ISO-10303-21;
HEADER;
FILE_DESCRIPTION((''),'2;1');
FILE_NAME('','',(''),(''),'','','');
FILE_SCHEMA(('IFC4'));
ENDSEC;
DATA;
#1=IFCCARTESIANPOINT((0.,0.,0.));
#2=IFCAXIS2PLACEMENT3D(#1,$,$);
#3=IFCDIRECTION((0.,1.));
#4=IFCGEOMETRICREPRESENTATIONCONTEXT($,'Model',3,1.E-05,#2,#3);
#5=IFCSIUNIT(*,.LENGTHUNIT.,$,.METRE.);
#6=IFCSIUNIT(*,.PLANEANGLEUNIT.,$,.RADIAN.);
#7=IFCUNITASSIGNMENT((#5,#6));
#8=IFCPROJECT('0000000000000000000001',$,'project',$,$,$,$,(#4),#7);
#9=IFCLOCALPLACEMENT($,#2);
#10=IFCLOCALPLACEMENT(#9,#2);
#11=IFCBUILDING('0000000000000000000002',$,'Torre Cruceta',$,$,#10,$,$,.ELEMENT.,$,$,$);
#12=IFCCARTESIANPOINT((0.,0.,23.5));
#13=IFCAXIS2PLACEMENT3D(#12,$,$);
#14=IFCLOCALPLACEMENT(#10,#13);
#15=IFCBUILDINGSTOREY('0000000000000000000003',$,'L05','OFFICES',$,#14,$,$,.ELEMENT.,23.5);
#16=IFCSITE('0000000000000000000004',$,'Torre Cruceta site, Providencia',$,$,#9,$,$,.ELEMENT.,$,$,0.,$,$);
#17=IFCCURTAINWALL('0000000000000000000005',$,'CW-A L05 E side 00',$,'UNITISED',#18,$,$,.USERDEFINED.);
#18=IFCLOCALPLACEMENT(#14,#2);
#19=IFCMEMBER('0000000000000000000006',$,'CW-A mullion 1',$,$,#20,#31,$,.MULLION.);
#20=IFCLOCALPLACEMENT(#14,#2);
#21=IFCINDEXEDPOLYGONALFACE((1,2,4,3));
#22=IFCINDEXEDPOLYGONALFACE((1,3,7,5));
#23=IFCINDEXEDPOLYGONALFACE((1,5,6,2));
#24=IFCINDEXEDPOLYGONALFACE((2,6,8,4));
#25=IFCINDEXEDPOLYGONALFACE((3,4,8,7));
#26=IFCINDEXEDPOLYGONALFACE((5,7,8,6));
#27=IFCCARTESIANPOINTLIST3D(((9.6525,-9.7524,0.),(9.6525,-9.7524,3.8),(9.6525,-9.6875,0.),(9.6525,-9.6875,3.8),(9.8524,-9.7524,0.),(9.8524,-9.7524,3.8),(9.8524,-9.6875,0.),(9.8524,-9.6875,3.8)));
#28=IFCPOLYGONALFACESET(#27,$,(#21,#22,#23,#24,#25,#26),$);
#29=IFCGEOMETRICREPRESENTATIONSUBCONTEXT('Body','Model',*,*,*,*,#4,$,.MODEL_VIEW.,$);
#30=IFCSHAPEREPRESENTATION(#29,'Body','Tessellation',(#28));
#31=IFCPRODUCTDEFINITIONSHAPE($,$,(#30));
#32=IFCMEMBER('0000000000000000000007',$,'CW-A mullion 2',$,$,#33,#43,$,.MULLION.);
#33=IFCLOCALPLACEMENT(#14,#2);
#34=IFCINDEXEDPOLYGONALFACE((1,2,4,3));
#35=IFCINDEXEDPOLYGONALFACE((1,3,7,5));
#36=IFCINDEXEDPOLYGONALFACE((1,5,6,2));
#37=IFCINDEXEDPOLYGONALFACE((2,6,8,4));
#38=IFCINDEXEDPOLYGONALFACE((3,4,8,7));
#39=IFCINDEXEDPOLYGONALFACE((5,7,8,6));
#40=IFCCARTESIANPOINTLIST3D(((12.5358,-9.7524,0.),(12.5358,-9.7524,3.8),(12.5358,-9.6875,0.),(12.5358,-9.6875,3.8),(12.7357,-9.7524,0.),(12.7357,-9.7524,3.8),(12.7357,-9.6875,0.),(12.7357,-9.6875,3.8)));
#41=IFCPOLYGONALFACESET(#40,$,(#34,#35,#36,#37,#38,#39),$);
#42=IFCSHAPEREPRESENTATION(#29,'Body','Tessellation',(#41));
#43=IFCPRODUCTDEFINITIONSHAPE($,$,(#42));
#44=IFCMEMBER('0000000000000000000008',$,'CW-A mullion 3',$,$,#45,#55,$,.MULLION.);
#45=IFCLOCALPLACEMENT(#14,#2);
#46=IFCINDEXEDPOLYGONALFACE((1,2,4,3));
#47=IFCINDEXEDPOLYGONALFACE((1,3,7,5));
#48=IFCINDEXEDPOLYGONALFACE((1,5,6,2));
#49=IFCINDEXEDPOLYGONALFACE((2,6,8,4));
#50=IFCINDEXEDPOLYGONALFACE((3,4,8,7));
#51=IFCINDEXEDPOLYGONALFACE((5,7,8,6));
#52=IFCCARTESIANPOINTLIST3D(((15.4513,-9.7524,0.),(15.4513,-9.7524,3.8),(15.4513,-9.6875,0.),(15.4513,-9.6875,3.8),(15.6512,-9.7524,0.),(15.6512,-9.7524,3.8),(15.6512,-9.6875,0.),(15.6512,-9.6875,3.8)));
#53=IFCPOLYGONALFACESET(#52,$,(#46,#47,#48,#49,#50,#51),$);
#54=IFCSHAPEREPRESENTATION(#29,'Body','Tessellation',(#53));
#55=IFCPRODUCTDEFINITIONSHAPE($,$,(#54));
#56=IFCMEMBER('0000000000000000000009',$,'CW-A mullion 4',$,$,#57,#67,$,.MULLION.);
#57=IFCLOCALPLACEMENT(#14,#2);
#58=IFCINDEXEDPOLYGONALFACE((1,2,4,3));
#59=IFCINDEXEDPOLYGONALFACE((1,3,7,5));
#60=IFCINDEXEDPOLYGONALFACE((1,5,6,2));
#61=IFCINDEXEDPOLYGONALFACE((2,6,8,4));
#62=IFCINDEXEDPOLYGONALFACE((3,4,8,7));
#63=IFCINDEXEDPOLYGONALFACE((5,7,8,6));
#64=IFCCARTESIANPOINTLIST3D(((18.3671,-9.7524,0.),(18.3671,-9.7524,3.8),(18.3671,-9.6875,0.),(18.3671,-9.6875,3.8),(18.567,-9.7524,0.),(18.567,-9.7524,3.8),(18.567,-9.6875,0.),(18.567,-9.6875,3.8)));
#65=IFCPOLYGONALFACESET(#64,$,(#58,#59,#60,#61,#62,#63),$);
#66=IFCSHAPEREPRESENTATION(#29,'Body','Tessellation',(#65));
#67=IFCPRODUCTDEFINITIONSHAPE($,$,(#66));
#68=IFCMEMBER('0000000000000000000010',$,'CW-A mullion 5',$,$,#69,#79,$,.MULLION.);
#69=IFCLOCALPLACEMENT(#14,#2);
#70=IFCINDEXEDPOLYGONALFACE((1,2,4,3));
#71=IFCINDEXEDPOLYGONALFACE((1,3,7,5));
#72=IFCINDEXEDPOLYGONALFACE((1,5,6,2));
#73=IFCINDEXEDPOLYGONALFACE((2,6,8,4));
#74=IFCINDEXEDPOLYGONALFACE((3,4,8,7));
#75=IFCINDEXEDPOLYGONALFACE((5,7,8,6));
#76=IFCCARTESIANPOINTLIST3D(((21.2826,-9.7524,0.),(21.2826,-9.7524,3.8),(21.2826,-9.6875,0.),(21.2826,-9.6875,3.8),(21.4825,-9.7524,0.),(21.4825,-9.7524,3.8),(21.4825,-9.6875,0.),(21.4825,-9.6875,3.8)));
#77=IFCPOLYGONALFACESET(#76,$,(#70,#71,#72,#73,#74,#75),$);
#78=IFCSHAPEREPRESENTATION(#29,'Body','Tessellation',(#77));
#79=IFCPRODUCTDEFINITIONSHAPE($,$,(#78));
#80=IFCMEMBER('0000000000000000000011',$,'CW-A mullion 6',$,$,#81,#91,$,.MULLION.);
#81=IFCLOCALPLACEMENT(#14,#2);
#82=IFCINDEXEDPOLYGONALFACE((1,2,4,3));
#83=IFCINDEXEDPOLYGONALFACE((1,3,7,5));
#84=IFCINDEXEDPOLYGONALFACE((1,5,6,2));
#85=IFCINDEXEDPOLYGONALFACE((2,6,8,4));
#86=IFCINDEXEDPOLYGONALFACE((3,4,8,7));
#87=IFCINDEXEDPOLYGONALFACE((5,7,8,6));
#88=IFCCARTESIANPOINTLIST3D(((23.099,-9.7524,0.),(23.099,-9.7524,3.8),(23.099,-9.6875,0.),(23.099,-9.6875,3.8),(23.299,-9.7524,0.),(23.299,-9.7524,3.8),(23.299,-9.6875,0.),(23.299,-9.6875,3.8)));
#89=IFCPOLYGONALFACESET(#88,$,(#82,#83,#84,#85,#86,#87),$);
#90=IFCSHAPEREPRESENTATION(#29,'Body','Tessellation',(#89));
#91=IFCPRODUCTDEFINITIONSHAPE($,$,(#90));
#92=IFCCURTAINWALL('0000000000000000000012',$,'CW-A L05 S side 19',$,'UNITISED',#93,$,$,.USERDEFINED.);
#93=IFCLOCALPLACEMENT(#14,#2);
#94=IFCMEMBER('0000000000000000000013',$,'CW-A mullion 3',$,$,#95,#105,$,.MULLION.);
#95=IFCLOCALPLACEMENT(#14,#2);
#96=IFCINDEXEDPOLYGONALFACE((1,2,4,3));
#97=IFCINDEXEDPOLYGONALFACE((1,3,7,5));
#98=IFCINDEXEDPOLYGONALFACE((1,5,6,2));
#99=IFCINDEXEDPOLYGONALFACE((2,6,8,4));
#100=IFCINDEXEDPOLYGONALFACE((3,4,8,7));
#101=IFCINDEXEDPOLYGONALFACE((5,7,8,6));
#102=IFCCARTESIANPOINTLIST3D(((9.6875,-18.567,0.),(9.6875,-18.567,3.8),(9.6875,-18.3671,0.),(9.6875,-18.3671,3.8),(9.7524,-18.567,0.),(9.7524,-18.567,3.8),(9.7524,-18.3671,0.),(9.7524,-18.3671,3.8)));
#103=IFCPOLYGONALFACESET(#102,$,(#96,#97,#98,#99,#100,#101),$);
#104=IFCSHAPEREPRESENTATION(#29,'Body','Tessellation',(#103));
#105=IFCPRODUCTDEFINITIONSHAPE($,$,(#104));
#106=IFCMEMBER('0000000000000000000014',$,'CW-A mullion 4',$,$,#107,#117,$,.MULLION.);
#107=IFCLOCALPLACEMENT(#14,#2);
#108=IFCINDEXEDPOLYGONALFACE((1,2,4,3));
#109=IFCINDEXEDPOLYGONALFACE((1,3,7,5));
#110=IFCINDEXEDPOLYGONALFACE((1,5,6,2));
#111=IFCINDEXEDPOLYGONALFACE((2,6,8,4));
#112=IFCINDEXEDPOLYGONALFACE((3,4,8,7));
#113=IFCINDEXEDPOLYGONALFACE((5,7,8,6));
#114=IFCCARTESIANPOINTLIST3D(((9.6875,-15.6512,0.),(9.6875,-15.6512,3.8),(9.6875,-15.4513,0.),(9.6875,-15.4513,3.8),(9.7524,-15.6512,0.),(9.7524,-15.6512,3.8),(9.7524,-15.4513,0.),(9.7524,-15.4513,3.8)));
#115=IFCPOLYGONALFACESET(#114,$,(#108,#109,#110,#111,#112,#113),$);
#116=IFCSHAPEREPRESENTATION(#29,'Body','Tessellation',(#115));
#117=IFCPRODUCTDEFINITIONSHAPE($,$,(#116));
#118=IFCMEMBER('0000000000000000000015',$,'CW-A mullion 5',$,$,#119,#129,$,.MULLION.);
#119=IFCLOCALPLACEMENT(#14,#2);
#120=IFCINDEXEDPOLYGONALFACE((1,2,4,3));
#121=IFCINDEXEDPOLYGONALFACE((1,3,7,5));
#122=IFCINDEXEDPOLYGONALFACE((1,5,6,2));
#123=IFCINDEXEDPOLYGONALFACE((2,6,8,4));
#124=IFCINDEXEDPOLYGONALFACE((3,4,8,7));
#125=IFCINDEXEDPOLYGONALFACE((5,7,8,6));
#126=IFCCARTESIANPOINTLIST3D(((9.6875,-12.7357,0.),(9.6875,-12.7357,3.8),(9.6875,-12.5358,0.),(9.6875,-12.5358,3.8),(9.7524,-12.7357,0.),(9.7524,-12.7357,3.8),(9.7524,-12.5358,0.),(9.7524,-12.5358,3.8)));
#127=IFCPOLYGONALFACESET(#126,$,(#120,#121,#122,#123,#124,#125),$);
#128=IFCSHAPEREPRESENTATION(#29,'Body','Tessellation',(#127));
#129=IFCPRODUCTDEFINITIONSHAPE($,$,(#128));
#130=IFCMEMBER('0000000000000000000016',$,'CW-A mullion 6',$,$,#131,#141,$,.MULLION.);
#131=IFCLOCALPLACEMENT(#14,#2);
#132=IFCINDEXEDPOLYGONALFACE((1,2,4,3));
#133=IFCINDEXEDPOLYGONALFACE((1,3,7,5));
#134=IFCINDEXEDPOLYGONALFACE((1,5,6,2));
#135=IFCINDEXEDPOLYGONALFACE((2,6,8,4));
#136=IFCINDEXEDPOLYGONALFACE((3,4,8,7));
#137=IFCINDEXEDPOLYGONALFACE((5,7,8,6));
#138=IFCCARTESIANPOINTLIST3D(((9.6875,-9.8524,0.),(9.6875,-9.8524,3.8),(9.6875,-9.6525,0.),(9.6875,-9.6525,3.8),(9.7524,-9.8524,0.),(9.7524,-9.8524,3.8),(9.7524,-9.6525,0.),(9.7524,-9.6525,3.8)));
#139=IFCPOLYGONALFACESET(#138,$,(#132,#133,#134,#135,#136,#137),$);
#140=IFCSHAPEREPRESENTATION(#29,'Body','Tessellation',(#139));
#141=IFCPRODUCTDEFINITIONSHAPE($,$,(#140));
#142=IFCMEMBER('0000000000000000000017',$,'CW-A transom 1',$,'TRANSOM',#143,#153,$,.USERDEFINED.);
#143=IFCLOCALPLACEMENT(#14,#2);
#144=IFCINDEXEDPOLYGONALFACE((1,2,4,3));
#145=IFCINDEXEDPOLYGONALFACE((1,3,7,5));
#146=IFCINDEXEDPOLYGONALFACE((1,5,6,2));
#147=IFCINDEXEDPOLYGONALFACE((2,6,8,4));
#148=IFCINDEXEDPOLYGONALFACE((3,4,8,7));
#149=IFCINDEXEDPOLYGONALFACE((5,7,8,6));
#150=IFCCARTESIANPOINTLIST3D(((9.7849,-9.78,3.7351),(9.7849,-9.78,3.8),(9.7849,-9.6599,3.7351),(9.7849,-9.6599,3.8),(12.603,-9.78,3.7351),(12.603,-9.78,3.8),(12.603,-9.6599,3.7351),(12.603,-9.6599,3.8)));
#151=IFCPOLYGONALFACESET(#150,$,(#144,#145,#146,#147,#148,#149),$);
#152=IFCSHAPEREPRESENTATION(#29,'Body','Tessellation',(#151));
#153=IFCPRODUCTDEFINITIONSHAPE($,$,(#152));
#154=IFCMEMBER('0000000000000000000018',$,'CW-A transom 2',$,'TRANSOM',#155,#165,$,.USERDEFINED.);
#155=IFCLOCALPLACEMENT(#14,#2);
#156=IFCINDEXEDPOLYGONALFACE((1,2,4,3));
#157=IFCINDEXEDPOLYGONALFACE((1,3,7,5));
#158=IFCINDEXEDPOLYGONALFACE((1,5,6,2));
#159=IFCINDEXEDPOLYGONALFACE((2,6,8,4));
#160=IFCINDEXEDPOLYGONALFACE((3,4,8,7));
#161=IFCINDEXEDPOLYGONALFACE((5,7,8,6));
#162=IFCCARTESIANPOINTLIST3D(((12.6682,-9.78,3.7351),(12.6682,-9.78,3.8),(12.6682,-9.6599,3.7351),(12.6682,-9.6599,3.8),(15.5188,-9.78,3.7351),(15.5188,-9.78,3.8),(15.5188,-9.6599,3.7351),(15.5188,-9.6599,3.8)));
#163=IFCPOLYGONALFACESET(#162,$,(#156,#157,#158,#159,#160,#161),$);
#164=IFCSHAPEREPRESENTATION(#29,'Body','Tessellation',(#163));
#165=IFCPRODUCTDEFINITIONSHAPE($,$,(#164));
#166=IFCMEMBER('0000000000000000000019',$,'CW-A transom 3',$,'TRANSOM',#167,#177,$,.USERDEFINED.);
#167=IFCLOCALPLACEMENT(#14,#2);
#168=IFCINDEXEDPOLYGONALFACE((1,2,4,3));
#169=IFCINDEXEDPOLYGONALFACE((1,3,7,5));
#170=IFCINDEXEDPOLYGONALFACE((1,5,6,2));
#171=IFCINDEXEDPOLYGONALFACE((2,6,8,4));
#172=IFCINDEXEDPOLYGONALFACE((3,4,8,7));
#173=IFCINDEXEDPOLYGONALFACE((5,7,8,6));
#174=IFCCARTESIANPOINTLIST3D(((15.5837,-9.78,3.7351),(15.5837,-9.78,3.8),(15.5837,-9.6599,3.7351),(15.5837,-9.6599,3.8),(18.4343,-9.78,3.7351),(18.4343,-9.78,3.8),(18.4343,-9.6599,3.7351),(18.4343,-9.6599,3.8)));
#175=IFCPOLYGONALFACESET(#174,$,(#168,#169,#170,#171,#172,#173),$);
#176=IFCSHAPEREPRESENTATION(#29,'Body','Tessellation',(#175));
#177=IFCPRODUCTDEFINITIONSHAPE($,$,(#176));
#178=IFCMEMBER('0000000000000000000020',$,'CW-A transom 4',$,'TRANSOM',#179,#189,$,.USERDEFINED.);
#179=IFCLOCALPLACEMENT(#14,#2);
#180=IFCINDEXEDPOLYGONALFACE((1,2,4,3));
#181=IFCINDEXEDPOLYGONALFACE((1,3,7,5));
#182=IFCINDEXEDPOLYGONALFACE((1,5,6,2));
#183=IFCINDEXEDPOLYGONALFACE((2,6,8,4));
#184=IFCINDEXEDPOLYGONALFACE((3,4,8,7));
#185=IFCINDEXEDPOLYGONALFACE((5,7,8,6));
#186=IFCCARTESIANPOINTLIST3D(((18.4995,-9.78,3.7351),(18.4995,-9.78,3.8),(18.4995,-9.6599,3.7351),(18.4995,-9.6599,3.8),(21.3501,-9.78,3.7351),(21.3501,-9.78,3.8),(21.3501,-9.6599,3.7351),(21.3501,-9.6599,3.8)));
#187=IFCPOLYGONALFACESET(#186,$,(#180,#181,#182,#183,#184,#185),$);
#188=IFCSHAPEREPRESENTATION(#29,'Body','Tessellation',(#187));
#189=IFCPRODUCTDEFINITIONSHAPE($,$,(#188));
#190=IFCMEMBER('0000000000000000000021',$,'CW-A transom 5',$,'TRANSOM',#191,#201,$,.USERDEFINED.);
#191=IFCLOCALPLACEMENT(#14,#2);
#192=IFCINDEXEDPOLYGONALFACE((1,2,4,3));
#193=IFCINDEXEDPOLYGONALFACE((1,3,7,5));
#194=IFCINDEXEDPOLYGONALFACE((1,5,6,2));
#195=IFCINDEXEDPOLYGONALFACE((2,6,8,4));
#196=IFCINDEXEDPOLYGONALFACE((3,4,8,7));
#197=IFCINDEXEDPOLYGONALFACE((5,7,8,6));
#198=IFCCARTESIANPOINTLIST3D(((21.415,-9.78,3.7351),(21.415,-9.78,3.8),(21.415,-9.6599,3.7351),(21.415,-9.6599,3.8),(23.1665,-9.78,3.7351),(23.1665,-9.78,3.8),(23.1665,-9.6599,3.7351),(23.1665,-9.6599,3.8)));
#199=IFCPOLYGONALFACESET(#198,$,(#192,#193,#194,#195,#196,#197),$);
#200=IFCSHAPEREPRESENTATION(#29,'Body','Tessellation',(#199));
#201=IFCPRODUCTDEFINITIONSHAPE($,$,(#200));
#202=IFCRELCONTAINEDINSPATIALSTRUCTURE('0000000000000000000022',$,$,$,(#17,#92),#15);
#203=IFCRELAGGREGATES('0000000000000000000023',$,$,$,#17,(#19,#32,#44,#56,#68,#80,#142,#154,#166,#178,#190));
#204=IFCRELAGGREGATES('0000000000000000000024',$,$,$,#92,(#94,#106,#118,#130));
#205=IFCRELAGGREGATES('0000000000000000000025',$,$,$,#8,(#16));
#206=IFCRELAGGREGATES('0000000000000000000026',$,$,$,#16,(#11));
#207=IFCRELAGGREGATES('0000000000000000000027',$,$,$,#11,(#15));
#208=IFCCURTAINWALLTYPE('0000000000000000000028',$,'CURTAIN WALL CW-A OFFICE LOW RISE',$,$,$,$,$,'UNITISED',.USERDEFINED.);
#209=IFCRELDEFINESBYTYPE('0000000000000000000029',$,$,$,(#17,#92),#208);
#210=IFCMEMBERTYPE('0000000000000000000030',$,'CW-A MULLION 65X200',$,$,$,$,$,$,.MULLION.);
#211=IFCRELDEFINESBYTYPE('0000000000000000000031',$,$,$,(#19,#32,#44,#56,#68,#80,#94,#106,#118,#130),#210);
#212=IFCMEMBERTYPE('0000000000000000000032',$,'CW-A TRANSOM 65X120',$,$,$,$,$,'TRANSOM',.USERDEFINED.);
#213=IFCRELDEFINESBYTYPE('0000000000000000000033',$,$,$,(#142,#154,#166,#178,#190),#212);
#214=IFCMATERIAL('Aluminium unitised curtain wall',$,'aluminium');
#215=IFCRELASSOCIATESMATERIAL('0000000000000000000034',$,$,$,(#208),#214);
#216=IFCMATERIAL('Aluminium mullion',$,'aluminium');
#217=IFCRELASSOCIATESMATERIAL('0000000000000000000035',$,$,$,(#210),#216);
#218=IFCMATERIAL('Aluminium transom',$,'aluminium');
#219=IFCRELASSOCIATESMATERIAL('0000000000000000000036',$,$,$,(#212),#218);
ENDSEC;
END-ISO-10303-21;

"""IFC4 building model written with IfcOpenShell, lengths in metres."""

from ifc_helpers import new_model, si_unit, direction, frame, origin, origin_2d, place, context, subcontext, project, spatial, rectangle, extrude, material, material_profile, profile_set, type_object, element, aggregate, save


model = new_model("IFC4")

# Units and contexts
model_context = context("Model", 3, precision=1e-05, world=origin(), true_north=direction((0.0, 1.0)))
body_context = subcontext(model_context, "Body", "Model", "MODEL_VIEW")
ifc_project = project(units=[si_unit("LENGTHUNIT", "METRE"), si_unit("PLANEANGLEUNIT", "RADIAN")], contexts=[model_context])

# Site, building, storey
site_placement = place(None, origin())
site = spatial("IfcSite", under=ifc_project, at=site_placement, Name="Torre Cruceta site, Providencia", CompositionType="ELEMENT", RefElevation=0.0)
building_placement = place(site_placement, origin())
building = spatial("IfcBuilding", under=site, at=building_placement, Name="Torre Cruceta", CompositionType="ELEMENT")
storey_placement = place(building_placement, frame((0.0, 0.0, 23.5)))
storey = spatial("IfcBuildingStorey", under=building, at=storey_placement, Name="L05", Description="OFFICES", CompositionType="ELEMENT", Elevation=23.5)

# Curtain walls, members
ifc_material_1 = material(Name="Aluminium unitised curtain wall", Category="aluminium")
curtain_wall_type = type_object("IfcCurtainWallType", Name="CURTAIN WALL CW-A OFFICE LOW RISE", ElementType="UNITISED", PredefinedType="USERDEFINED", material=ifc_material_1)
curtain_wall_1_placement = place(storey_placement, origin())
curtain_wall_1 = element("IfcCurtainWall", 1, at=curtain_wall_1_placement, inside=storey, type_object=curtain_wall_type, Name="CW-A L05 E side 00", ObjectType="UNITISED", PredefinedType="USERDEFINED")
ifc_material_2 = material(Name="Aluminium mullion", Category="aluminium")
ifc_material_profile_1 = material_profile(ifc_material_2, rectangle(XDim=0.0649, YDim=0.2, at=origin_2d()), Name="AL 65X200")
ifc_profile_set_1 = profile_set([ifc_material_profile_1], Name="Aluminium mullion")
member_type_1 = type_object("IfcMemberType", Name="CW-A MULLION 65X200", PredefinedType="MULLION", material=ifc_profile_set_1)
member_1_placement = place(storey_placement, frame((9.7524, -9.72, 0.0), z_axis=(0.0, 0.0, 1.0), x_axis=(0.0, 1.0, 0.0)))
member_1 = element("IfcMember", 2, at=member_1_placement, type_object=member_type_1, Name="CW-A mullion 1", PredefinedType="MULLION", context=body_context, shape_type="SweptSolid", body=[
    extrude(rectangle(XDim=0.0649, YDim=0.2, at=origin_2d()), origin(), (0.0, 0.0, 1.0), 3.8),
])
member_2_placement = place(storey_placement, frame((12.6357, -9.72, 0.0), z_axis=(0.0, 0.0, 1.0), x_axis=(0.0, 1.0, 0.0)))
member_2 = element("IfcMember", 3, at=member_2_placement, type_object=member_type_1, Name="CW-A mullion 2", PredefinedType="MULLION", context=body_context, shape_type="SweptSolid", body=[
    extrude(rectangle(XDim=0.0649, YDim=0.2, at=origin_2d()), origin(), (0.0, 0.0, 1.0), 3.8),
])
member_3_placement = place(storey_placement, frame((15.5513, -9.72, 0.0), z_axis=(0.0, 0.0, 1.0), x_axis=(0.0, 1.0, 0.0)))
member_3 = element("IfcMember", 4, at=member_3_placement, type_object=member_type_1, Name="CW-A mullion 3", PredefinedType="MULLION", context=body_context, shape_type="SweptSolid", body=[
    extrude(rectangle(XDim=0.0649, YDim=0.2, at=origin_2d()), origin(), (0.0, 0.0, 1.0), 3.8),
])
member_4_placement = place(storey_placement, frame((18.467, -9.72, 0.0), z_axis=(0.0, 0.0, 1.0), x_axis=(0.0, 1.0, 0.0)))
member_4 = element("IfcMember", 5, at=member_4_placement, type_object=member_type_1, Name="CW-A mullion 4", PredefinedType="MULLION", context=body_context, shape_type="SweptSolid", body=[
    extrude(rectangle(XDim=0.0649, YDim=0.2, at=origin_2d()), origin(), (0.0, 0.0, 1.0), 3.8),
])
member_5_placement = place(storey_placement, frame((21.3826, -9.72, 0.0), z_axis=(0.0, 0.0, 1.0), x_axis=(0.0, 1.0, 0.0)))
member_5 = element("IfcMember", 6, at=member_5_placement, type_object=member_type_1, Name="CW-A mullion 5", PredefinedType="MULLION", context=body_context, shape_type="SweptSolid", body=[
    extrude(rectangle(XDim=0.0649, YDim=0.2, at=origin_2d()), origin(), (0.0, 0.0, 1.0), 3.8),
])
member_6_placement = place(storey_placement, frame((23.199, -9.72, 0.0), z_axis=(0.0, 0.0, 1.0), x_axis=(0.0, 1.0, 0.0)))
member_6 = element("IfcMember", 7, at=member_6_placement, type_object=member_type_1, Name="CW-A mullion 6", PredefinedType="MULLION", context=body_context, shape_type="SweptSolid", body=[
    extrude(rectangle(XDim=0.0649, YDim=0.2, at=origin_2d()), origin(), (0.0, 0.0, 1.0), 3.8),
])
curtain_wall_2_placement = place(storey_placement, origin())
curtain_wall_2 = element("IfcCurtainWall", 8, at=curtain_wall_2_placement, inside=storey, type_object=curtain_wall_type, Name="CW-A L05 S side 19", ObjectType="UNITISED", PredefinedType="USERDEFINED")
member_7_placement = place(storey_placement, frame((9.72, -18.467, 0.0), z_axis=(0.0, 0.0, 1.0), x_axis=(-1.0, 0.0, 0.0)))
member_7 = element("IfcMember", 9, at=member_7_placement, type_object=member_type_1, Name="CW-A mullion 3", PredefinedType="MULLION", context=body_context, shape_type="SweptSolid", body=[
    extrude(rectangle(XDim=0.0649, YDim=0.2, at=origin_2d()), origin(), (0.0, 0.0, 1.0), 3.8),
])
member_8_placement = place(storey_placement, frame((9.72, -15.5513, 0.0), z_axis=(0.0, 0.0, 1.0), x_axis=(-1.0, 0.0, 0.0)))
member_8 = element("IfcMember", 10, at=member_8_placement, type_object=member_type_1, Name="CW-A mullion 4", PredefinedType="MULLION", context=body_context, shape_type="SweptSolid", body=[
    extrude(rectangle(XDim=0.0649, YDim=0.2, at=origin_2d()), origin(), (0.0, 0.0, 1.0), 3.8),
])
member_9_placement = place(storey_placement, frame((9.72, -12.6357, 0.0), z_axis=(0.0, 0.0, 1.0), x_axis=(-1.0, 0.0, 0.0)))
member_9 = element("IfcMember", 11, at=member_9_placement, type_object=member_type_1, Name="CW-A mullion 5", PredefinedType="MULLION", context=body_context, shape_type="SweptSolid", body=[
    extrude(rectangle(XDim=0.0649, YDim=0.2, at=origin_2d()), origin(), (0.0, 0.0, 1.0), 3.8),
])
member_10_placement = place(storey_placement, frame((9.72, -9.7524, 0.0), z_axis=(0.0, 0.0, 1.0), x_axis=(-1.0, 0.0, 0.0)))
member_10 = element("IfcMember", 12, at=member_10_placement, type_object=member_type_1, Name="CW-A mullion 6", PredefinedType="MULLION", context=body_context, shape_type="SweptSolid", body=[
    extrude(rectangle(XDim=0.0649, YDim=0.2, at=origin_2d()), origin(), (0.0, 0.0, 1.0), 3.8),
])

# Members
ifc_material_3 = material(Name="Aluminium transom", Category="aluminium")
ifc_material_profile_2 = material_profile(ifc_material_3, rectangle(XDim=0.1201, YDim=0.0649, at=origin_2d()), Name="AL 120X65")
ifc_profile_set_2 = profile_set([ifc_material_profile_2], Name="Aluminium transom")
member_type_2 = type_object("IfcMemberType", Name="CW-A TRANSOM 65X120", ElementType="TRANSOM", PredefinedType="USERDEFINED", material=ifc_profile_set_2)
member_11_placement = place(storey_placement, frame((9.7849, -9.72, 3.7676), z_axis=(1.0, 0.0, 0.0), x_axis=(0.0, 1.0, 0.0)))
member_11 = element("IfcMember", 13, at=member_11_placement, type_object=member_type_2, Name="CW-A transom 1", ObjectType="TRANSOM", PredefinedType="USERDEFINED", context=body_context, shape_type="SweptSolid", body=[
    extrude(rectangle(XDim=0.1201, YDim=0.0649, at=origin_2d()), origin(), (0.0, 0.0, 1.0), 2.8181),
])
member_12_placement = place(storey_placement, frame((12.6682, -9.72, 3.7676), z_axis=(1.0, 0.0, 0.0), x_axis=(0.0, 1.0, 0.0)))
member_12 = element("IfcMember", 14, at=member_12_placement, type_object=member_type_2, Name="CW-A transom 2", ObjectType="TRANSOM", PredefinedType="USERDEFINED", context=body_context, shape_type="SweptSolid", body=[
    extrude(rectangle(XDim=0.1201, YDim=0.0649, at=origin_2d()), origin(), (0.0, 0.0, 1.0), 2.8506),
])
member_13_placement = place(storey_placement, frame((15.5837, -9.72, 3.7676), z_axis=(1.0, 0.0, 0.0), x_axis=(0.0, 1.0, 0.0)))
member_13 = element("IfcMember", 15, at=member_13_placement, type_object=member_type_2, Name="CW-A transom 3", ObjectType="TRANSOM", PredefinedType="USERDEFINED", context=body_context, shape_type="SweptSolid", body=[
    extrude(rectangle(XDim=0.1201, YDim=0.0649, at=origin_2d()), origin(), (0.0, 0.0, 1.0), 2.8506),
])
member_14_placement = place(storey_placement, frame((18.4995, -9.72, 3.7676), z_axis=(1.0, 0.0, 0.0), x_axis=(0.0, 1.0, 0.0)))
member_14 = element("IfcMember", 16, at=member_14_placement, type_object=member_type_2, Name="CW-A transom 4", ObjectType="TRANSOM", PredefinedType="USERDEFINED", context=body_context, shape_type="SweptSolid", body=[
    extrude(rectangle(XDim=0.1201, YDim=0.0649, at=origin_2d()), origin(), (0.0, 0.0, 1.0), 2.8506),
])
member_15_placement = place(storey_placement, frame((21.415, -9.72, 3.7676), z_axis=(1.0, 0.0, 0.0), x_axis=(0.0, 1.0, 0.0)))
member_15 = element("IfcMember", 17, at=member_15_placement, type_object=member_type_2, Name="CW-A transom 5", ObjectType="TRANSOM", PredefinedType="USERDEFINED", context=body_context, shape_type="SweptSolid", body=[
    extrude(rectangle(XDim=0.1201, YDim=0.0649, at=origin_2d()), origin(), (0.0, 0.0, 1.0), 1.7515),
])

aggregate(curtain_wall_1, [member_1, member_2, member_3, member_4, member_5, member_6, member_11, member_12, member_13, member_14, member_15])
aggregate(curtain_wall_2, [member_7, member_8, member_9, member_10])

save(model, "model.ifc")
